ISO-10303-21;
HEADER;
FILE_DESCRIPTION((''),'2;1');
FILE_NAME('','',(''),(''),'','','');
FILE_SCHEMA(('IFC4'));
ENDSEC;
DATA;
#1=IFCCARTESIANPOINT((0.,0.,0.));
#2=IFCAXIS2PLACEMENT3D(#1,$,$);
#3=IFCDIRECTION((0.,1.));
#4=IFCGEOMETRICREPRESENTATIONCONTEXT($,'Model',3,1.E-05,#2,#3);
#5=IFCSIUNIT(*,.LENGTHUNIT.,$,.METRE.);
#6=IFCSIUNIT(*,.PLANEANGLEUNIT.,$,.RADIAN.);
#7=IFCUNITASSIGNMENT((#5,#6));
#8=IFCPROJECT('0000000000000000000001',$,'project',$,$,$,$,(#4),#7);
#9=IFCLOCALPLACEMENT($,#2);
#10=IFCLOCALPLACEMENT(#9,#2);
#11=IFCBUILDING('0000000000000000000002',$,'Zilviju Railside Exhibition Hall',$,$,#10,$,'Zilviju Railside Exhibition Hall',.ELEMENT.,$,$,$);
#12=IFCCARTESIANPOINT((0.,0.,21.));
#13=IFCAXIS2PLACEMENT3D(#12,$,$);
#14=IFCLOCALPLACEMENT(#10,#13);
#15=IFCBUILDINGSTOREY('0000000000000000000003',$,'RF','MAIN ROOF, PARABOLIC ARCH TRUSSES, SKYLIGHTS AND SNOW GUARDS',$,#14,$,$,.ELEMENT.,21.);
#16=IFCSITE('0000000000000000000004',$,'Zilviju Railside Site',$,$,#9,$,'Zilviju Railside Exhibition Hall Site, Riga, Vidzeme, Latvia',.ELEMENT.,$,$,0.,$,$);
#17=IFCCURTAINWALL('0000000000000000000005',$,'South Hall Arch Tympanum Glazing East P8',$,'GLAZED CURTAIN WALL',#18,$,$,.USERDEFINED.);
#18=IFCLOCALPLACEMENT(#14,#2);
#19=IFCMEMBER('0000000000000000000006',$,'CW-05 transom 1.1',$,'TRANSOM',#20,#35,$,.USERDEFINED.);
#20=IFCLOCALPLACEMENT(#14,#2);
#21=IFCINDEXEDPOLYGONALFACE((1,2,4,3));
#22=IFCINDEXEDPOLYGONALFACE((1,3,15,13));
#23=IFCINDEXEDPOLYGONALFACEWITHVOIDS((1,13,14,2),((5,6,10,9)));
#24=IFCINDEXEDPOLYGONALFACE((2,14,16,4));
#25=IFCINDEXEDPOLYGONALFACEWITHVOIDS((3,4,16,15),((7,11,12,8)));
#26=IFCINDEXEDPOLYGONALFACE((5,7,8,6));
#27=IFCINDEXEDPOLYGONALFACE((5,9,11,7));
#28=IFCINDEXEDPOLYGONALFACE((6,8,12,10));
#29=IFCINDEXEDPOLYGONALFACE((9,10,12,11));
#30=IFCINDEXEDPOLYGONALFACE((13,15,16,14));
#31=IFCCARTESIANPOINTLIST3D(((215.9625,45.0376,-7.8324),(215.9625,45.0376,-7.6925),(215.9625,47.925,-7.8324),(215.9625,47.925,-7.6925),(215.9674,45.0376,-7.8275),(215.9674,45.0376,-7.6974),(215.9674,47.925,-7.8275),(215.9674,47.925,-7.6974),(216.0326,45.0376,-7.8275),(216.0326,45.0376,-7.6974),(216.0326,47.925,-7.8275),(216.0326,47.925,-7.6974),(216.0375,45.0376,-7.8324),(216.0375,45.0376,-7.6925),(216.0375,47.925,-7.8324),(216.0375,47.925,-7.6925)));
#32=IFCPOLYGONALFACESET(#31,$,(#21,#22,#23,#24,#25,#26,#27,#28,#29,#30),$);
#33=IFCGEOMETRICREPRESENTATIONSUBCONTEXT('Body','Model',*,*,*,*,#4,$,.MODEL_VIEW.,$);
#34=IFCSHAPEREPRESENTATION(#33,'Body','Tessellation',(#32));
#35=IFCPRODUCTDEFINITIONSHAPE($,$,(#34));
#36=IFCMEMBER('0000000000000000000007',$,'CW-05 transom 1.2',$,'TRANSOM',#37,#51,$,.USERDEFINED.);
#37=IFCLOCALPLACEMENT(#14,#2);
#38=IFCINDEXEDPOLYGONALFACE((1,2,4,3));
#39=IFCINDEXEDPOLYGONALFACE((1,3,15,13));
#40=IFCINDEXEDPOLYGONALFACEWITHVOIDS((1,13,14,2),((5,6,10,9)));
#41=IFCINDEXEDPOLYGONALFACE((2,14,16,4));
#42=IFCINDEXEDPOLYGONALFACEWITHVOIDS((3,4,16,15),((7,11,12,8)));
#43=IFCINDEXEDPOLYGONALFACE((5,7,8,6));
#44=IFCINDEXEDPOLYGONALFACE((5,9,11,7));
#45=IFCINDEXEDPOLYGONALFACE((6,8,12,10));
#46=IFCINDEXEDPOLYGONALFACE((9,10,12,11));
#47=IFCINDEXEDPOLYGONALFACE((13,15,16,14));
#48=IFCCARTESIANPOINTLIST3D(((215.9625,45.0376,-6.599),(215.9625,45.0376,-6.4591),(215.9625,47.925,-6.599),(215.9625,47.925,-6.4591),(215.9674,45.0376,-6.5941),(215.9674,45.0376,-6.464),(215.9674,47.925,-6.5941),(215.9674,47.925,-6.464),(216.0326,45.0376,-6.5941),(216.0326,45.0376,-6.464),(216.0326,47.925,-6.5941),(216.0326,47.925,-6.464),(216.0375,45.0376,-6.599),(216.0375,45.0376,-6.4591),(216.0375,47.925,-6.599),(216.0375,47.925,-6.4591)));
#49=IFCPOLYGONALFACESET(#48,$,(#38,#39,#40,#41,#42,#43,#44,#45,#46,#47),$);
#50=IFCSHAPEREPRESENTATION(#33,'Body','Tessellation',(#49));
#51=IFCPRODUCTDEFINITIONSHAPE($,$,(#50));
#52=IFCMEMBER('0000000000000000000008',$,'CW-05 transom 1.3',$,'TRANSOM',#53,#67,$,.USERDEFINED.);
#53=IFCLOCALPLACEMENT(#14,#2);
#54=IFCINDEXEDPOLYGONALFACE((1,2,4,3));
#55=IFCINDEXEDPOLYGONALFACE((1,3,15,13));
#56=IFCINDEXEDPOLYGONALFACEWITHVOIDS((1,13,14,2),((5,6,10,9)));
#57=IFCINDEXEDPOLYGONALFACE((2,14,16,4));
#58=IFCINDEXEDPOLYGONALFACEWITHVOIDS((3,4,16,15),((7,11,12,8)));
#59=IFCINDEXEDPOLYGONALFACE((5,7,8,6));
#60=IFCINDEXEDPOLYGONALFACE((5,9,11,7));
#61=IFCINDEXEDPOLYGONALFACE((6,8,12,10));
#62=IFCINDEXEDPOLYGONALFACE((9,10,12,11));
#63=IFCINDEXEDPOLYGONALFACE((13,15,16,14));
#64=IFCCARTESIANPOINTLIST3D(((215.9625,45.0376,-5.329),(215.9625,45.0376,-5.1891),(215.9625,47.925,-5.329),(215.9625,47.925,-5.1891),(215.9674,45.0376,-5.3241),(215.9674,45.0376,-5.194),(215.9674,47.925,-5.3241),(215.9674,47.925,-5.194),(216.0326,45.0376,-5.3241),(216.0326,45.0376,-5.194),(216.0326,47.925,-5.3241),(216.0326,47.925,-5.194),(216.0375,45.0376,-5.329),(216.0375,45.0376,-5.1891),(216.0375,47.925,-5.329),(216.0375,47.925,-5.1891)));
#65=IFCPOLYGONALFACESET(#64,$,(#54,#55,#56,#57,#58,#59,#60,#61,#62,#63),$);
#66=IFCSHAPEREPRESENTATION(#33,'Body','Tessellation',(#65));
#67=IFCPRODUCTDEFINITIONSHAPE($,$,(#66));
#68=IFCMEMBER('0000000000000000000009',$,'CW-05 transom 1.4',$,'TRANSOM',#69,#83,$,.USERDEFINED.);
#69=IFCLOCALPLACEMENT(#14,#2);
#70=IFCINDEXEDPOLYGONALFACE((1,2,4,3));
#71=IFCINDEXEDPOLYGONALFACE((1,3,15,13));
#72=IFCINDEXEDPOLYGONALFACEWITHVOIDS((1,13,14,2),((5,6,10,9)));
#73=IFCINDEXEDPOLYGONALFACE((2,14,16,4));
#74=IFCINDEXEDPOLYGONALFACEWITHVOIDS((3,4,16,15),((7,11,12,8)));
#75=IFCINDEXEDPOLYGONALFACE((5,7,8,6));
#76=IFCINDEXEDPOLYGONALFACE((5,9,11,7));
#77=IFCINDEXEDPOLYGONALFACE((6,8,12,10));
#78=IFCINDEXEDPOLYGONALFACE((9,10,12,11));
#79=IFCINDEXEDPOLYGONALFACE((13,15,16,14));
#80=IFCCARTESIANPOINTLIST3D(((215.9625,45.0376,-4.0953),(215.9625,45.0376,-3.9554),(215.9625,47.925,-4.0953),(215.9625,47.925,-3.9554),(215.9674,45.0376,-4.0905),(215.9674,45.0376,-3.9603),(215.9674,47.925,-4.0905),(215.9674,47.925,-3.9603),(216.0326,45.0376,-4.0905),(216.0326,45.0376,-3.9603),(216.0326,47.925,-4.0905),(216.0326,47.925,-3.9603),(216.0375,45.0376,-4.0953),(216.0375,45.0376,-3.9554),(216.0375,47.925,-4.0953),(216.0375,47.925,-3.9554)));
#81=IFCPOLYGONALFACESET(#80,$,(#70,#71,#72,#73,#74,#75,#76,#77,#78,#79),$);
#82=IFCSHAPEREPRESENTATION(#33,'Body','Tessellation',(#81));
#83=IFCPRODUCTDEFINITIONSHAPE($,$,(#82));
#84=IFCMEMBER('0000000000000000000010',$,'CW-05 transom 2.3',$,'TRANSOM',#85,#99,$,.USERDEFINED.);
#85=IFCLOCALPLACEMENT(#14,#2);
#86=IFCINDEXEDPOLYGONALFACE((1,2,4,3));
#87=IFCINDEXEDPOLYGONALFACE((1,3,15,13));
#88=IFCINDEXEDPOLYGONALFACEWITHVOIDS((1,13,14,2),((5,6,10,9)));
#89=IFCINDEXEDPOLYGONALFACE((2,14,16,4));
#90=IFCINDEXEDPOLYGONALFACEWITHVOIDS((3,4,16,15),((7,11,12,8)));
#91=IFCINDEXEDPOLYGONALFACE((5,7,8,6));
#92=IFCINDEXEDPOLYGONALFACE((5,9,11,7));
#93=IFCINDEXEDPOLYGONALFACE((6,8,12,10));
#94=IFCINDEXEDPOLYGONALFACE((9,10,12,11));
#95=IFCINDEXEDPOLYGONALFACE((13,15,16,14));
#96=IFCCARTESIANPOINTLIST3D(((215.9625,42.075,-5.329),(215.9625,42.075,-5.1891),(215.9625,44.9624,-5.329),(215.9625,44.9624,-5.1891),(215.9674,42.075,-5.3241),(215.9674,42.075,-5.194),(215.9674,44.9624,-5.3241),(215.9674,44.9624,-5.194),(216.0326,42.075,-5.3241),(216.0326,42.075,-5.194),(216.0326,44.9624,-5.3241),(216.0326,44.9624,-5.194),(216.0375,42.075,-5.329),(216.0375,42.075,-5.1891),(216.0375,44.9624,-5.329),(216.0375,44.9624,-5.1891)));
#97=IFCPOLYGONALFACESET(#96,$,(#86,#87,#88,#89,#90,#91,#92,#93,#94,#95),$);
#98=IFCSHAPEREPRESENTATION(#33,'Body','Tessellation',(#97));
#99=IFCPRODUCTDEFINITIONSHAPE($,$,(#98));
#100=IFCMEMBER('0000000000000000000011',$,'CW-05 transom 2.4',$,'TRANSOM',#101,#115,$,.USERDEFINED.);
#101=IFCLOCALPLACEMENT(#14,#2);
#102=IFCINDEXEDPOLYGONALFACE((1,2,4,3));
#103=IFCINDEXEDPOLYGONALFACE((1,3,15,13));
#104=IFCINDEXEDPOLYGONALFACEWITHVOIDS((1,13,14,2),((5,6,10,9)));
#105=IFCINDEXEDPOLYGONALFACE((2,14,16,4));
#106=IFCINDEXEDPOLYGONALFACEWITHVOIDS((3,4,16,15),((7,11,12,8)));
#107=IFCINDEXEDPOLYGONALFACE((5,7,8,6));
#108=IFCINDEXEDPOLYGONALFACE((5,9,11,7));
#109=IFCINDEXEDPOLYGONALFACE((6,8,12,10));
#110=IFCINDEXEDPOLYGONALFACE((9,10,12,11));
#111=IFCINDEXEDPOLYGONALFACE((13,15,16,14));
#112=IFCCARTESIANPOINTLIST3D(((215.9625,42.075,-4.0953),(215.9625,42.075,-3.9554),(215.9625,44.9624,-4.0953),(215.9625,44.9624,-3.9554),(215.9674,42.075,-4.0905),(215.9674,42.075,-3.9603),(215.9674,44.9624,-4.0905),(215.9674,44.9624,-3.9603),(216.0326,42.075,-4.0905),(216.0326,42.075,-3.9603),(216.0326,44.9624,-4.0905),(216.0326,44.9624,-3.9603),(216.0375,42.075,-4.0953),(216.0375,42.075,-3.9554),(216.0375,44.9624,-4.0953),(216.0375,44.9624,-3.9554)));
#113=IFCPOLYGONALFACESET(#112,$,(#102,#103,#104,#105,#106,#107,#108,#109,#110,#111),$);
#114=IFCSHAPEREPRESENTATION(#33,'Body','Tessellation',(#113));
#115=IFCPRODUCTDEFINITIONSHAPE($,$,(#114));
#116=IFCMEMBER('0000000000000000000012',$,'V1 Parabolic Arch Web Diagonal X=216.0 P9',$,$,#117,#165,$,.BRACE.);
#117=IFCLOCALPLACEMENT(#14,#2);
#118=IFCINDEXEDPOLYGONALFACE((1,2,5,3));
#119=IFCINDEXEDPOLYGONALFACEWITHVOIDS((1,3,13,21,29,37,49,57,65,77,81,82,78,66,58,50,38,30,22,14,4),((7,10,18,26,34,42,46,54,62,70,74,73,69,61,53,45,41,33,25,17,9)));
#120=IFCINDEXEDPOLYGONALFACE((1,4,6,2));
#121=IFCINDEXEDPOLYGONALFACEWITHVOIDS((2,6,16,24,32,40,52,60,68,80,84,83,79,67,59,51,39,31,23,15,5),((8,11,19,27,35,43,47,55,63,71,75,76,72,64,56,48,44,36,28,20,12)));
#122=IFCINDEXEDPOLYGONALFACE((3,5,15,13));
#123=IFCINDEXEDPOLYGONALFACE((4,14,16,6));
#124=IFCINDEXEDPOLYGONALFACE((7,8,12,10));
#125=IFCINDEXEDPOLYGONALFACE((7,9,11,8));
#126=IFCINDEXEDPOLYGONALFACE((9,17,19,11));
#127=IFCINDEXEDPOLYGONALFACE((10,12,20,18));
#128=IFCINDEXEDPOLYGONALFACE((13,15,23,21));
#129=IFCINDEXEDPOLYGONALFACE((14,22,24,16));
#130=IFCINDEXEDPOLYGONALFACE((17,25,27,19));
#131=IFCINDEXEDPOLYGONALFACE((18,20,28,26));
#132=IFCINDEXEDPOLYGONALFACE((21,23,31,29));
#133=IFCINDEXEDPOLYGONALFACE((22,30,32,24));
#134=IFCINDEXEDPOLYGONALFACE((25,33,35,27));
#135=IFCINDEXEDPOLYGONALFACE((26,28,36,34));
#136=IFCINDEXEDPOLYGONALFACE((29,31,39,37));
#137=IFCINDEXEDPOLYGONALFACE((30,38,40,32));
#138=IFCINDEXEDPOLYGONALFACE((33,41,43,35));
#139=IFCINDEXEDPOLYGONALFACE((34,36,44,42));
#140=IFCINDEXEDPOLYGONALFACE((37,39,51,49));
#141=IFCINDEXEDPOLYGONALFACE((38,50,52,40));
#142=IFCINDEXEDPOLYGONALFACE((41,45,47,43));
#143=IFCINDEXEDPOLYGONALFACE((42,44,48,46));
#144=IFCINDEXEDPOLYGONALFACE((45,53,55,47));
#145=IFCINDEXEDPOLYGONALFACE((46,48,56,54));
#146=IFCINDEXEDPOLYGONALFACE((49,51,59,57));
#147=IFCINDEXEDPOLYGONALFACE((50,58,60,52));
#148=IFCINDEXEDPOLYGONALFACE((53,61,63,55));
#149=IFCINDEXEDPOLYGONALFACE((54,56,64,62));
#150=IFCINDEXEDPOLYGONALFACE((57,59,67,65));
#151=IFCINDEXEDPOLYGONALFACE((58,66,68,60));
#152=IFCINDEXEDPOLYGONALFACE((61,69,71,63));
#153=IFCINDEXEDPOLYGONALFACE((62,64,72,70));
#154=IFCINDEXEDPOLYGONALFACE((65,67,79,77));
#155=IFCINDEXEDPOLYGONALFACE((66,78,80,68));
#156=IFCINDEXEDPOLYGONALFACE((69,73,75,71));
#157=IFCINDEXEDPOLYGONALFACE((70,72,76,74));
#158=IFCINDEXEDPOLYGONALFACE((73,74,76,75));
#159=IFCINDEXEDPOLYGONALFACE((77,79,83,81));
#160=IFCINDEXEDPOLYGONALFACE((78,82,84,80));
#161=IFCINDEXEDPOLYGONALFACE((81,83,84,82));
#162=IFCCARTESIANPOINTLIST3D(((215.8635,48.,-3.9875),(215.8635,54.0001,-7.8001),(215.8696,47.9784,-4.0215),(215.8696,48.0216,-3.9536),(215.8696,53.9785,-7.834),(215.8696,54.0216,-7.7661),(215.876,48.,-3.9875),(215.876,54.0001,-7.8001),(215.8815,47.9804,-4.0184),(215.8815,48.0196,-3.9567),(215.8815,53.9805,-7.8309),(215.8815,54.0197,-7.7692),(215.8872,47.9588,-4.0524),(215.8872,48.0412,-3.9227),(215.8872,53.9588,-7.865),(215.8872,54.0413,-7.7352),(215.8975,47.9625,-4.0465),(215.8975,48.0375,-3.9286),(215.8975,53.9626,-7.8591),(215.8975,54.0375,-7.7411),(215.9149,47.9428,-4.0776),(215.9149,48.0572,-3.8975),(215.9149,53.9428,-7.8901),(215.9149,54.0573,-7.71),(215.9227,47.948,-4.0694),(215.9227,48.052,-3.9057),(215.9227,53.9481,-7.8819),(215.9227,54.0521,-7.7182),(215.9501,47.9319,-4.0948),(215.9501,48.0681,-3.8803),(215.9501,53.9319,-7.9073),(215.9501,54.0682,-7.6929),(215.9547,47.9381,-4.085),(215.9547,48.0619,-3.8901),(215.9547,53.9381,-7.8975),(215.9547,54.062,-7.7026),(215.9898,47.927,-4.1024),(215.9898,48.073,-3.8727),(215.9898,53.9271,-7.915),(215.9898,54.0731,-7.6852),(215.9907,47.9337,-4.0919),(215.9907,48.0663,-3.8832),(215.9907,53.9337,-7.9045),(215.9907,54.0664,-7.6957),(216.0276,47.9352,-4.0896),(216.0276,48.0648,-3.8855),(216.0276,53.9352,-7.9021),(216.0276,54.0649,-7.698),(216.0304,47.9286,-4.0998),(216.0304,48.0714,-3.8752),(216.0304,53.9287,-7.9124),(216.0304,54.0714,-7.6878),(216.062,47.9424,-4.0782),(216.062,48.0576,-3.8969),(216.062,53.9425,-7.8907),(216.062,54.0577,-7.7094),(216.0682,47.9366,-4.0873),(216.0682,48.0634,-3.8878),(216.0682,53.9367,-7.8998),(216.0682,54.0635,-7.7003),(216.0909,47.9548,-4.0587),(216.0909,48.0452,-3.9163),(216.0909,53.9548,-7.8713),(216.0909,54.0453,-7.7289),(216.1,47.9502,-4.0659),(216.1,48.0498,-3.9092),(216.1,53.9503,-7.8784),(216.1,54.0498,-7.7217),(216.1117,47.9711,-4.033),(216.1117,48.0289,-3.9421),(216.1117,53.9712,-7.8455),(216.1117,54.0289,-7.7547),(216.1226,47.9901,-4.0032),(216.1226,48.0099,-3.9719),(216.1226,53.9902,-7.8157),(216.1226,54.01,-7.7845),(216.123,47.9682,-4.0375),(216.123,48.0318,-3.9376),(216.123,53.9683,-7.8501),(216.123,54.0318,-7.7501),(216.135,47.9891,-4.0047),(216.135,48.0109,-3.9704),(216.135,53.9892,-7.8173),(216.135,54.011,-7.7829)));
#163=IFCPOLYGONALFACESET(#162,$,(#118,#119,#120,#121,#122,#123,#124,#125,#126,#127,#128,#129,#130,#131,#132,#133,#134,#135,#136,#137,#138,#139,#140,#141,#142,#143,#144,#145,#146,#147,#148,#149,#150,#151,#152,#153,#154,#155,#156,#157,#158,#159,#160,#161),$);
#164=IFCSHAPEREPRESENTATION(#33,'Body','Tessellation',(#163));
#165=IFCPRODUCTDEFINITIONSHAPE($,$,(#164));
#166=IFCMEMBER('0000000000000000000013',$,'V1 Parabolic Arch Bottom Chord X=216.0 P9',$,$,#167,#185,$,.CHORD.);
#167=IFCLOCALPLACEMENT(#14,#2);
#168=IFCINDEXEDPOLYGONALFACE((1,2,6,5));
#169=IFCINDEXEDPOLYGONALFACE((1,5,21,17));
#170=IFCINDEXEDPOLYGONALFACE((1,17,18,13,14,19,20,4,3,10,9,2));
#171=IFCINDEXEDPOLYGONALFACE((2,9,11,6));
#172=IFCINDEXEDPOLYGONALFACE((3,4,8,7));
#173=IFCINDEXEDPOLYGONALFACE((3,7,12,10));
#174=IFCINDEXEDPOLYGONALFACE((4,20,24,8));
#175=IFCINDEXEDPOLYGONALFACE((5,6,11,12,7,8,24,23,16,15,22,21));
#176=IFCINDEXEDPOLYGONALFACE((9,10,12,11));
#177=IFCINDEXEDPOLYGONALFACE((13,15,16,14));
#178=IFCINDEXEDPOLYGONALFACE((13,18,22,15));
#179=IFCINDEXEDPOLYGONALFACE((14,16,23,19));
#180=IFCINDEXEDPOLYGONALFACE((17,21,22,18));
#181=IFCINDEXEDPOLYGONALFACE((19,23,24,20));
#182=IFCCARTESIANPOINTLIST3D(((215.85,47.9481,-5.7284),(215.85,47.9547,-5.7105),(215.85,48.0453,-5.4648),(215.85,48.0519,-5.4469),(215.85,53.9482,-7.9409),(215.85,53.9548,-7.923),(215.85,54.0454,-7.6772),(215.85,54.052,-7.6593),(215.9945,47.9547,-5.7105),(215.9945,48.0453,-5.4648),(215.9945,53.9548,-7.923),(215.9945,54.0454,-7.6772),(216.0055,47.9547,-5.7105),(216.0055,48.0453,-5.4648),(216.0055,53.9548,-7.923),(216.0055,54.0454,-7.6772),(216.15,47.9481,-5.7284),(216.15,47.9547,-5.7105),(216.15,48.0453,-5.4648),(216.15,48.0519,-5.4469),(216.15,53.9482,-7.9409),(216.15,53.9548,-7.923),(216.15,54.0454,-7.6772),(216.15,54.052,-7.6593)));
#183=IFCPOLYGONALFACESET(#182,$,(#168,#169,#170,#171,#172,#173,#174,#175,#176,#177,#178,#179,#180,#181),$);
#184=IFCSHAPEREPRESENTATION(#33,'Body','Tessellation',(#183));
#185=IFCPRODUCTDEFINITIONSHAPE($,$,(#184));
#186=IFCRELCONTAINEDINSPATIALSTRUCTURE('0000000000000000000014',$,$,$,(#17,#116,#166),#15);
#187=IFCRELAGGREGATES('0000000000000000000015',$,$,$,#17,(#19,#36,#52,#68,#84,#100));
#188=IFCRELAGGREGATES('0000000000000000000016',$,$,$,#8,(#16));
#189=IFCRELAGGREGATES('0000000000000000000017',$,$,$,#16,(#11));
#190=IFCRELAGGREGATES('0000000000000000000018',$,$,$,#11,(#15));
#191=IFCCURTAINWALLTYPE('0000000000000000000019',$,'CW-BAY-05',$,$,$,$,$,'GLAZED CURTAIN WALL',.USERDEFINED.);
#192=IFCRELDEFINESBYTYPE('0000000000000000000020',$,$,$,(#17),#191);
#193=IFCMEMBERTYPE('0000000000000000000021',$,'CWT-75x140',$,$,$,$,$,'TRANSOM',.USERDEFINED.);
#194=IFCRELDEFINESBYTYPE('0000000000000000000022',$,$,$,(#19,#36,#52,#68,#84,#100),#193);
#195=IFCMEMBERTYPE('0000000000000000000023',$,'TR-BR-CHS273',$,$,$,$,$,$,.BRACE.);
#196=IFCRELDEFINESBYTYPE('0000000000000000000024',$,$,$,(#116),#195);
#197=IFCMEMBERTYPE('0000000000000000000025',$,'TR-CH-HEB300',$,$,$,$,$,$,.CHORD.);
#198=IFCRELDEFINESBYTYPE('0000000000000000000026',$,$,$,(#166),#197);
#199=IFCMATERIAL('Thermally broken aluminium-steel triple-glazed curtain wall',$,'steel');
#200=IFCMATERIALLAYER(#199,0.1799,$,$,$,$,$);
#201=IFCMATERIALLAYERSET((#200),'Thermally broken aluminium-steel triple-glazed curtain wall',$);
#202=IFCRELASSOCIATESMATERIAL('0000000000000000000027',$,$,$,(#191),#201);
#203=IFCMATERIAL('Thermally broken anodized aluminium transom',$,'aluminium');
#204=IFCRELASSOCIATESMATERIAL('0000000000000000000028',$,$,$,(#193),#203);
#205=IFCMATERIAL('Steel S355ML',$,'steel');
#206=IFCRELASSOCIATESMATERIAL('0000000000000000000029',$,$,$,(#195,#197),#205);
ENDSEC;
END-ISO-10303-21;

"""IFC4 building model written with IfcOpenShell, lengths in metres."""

from ifc_helpers import new_model, si_unit, direction, frame, origin, origin_2d, place, context, subcontext, project, spatial, hollow_rectangle, hollow_circle, i_section, extrude, material, layer, layer_set, material_profile, profile_set, type_object, element, aggregate, save


model = new_model("IFC4")

# Units and contexts
model_context = context("Model", 3, precision=1e-05, world=origin(), true_north=direction((0.0, 1.0)))
body_context = subcontext(model_context, "Body", "Model", "MODEL_VIEW")
ifc_project = project(units=[si_unit("LENGTHUNIT", "METRE"), si_unit("PLANEANGLEUNIT", "RADIAN")], contexts=[model_context])

# Site, building, storey
site_placement = place(None, origin())
site = spatial("IfcSite", under=ifc_project, at=site_placement, Name="Zilviju Railside Site", LongName="Zilviju Railside Exhibition Hall Site, Riga, Vidzeme, Latvia", CompositionType="ELEMENT", RefElevation=0.0)
building_placement = place(site_placement, origin())
building = spatial("IfcBuilding", under=site, at=building_placement, Name="Zilviju Railside Exhibition Hall", LongName="Zilviju Railside Exhibition Hall", CompositionType="ELEMENT")
storey_placement = place(building_placement, frame((0.0, 0.0, 21.0)))
storey = spatial("IfcBuildingStorey", under=building, at=storey_placement, Name="RF", Description="MAIN ROOF, PARABOLIC ARCH TRUSSES, SKYLIGHTS AND SNOW GUARDS", CompositionType="ELEMENT", Elevation=21.0)

# Curtain wall
ifc_material_1 = material(Name="Thermally broken aluminium-steel triple-glazed curtain wall", Category="steel")
ifc_layer_1 = layer(ifc_material_1, 0.1799)
ifc_layer_set_1 = layer_set([ifc_layer_1], Name="Thermally broken aluminium-steel triple-glazed curtain wall")
curtain_wall_type_1 = type_object("IfcCurtainWallType", Name="CW-BAY-05", ElementType="GLAZED CURTAIN WALL", PredefinedType="USERDEFINED", material=ifc_layer_set_1)
curtain_wall_1_placement = place(storey_placement, origin())
curtain_wall_1 = element("IfcCurtainWall", 1, at=curtain_wall_1_placement, inside=storey, type_object=curtain_wall_type_1, Name="South Hall Arch Tympanum Glazing East P8", ObjectType="GLAZED CURTAIN WALL", PredefinedType="USERDEFINED")

# Members
ifc_material_2 = material(Name="Thermally broken anodized aluminium transom", Category="aluminium")
ifc_material_profile_1 = material_profile(ifc_material_2, hollow_rectangle(XDim=0.075, YDim=0.1399, WallThickness=0.0049, at=origin_2d()), Name="TRANSOM 140x75x5")
ifc_profile_set_1 = profile_set([ifc_material_profile_1], Name="Thermally broken anodized aluminium transom")
member_type_1 = type_object("IfcMemberType", Name="CWT-75x140", ElementType="TRANSOM", PredefinedType="USERDEFINED", material=ifc_profile_set_1)
member_1_placement = place(storey_placement, frame((216.0, 47.925, -7.7625), z_axis=(0.0, -1.0, 0.0), x_axis=(1.0, 0.0, 0.0)))
member_1 = element("IfcMember", 2, at=member_1_placement, type_object=member_type_1, Name="CW-05 transom 1.1", ObjectType="TRANSOM", PredefinedType="USERDEFINED", context=body_context, shape_type="SweptSolid", body=[
    extrude(hollow_rectangle(XDim=0.075, YDim=0.1399, WallThickness=0.0049, at=origin_2d()), origin(), (0.0, 0.0, 1.0), 2.8875),
])
member_2_placement = place(storey_placement, frame((216.0, 47.925, -6.5291), z_axis=(0.0, -1.0, 0.0), x_axis=(1.0, 0.0, 0.0)))
member_2 = element("IfcMember", 3, at=member_2_placement, type_object=member_type_1, Name="CW-05 transom 1.2", ObjectType="TRANSOM", PredefinedType="USERDEFINED", context=body_context, shape_type="SweptSolid", body=[
    extrude(hollow_rectangle(XDim=0.075, YDim=0.1399, WallThickness=0.0049, at=origin_2d()), origin(), (0.0, 0.0, 1.0), 2.8875),
])
member_3_placement = place(storey_placement, frame((216.0, 47.925, -5.259), z_axis=(0.0, -1.0, 0.0), x_axis=(1.0, 0.0, 0.0)))
member_3 = element("IfcMember", 4, at=member_3_placement, type_object=member_type_1, Name="CW-05 transom 1.3", ObjectType="TRANSOM", PredefinedType="USERDEFINED", context=body_context, shape_type="SweptSolid", body=[
    extrude(hollow_rectangle(XDim=0.075, YDim=0.1399, WallThickness=0.0049, at=origin_2d()), origin(), (0.0, 0.0, 1.0), 2.8875),
])
member_4_placement = place(storey_placement, frame((216.0, 47.925, -4.0254), z_axis=(0.0, -1.0, 0.0), x_axis=(1.0, 0.0, 0.0)))
member_4 = element("IfcMember", 5, at=member_4_placement, type_object=member_type_1, Name="CW-05 transom 1.4", ObjectType="TRANSOM", PredefinedType="USERDEFINED", context=body_context, shape_type="SweptSolid", body=[
    extrude(hollow_rectangle(XDim=0.075, YDim=0.1399, WallThickness=0.0049, at=origin_2d()), origin(), (0.0, 0.0, 1.0), 2.8875),
])
member_5_placement = place(storey_placement, frame((216.0, 44.9624, -5.259), z_axis=(0.0, -1.0, 0.0), x_axis=(1.0, 0.0, 0.0)))
member_5 = element("IfcMember", 6, at=member_5_placement, type_object=member_type_1, Name="CW-05 transom 2.3", ObjectType="TRANSOM", PredefinedType="USERDEFINED", context=body_context, shape_type="SweptSolid", body=[
    extrude(hollow_rectangle(XDim=0.075, YDim=0.1399, WallThickness=0.0049, at=origin_2d()), origin(), (0.0, 0.0, 1.0), 2.8875),
])
member_6_placement = place(storey_placement, frame((216.0, 44.9624, -4.0254), z_axis=(0.0, -1.0, 0.0), x_axis=(1.0, 0.0, 0.0)))
member_6 = element("IfcMember", 7, at=member_6_placement, type_object=member_type_1, Name="CW-05 transom 2.4", ObjectType="TRANSOM", PredefinedType="USERDEFINED", context=body_context, shape_type="SweptSolid", body=[
    extrude(hollow_rectangle(XDim=0.075, YDim=0.1399, WallThickness=0.0049, at=origin_2d()), origin(), (0.0, 0.0, 1.0), 2.8875),
])

# Members
ifc_material_3 = material(Name="Steel S355ML", Category="steel")
ifc_material_profile_2 = material_profile(ifc_material_3, hollow_circle(Radius=0.1365, WallThickness=0.0125, at=origin_2d()), Name="CHS 273.0x12.5")
ifc_profile_set_2 = profile_set([ifc_material_profile_2], Name="Steel S355ML")
member_type_2 = type_object("IfcMemberType", Name="TR-BR-CHS273", PredefinedType="BRACE", material=ifc_profile_set_2)
member_7_placement = place(storey_placement, frame((216.0, 48.0, -3.9875), z_axis=(0.0, 0.844023, -0.536306), x_axis=(-1.0, 0.0, 0.0)))
element("IfcMember", 8, at=member_7_placement, inside=storey, type_object=member_type_2, Name="V1 Parabolic Arch Web Diagonal X=216.0 P9", PredefinedType="BRACE", context=body_context, shape_type="SweptSolid", body=[
    extrude(hollow_circle(Radius=0.1365, WallThickness=0.0125, at=origin_2d()), origin(), (0.0, 0.0, 1.0), 7.1089),
])
ifc_material_profile_3 = material_profile(ifc_material_3, i_section(OverallWidth=0.3, OverallDepth=0.3, WebThickness=0.011, FlangeThickness=0.019, at=origin_2d()), Name="HEB 300")
ifc_profile_set_3 = profile_set([ifc_material_profile_3], Name="Steel S355ML")
member_type_3 = type_object("IfcMemberType", Name="TR-CH-HEB300", PredefinedType="CHORD", material=ifc_profile_set_3)
member_8_placement = place(storey_placement, frame((216.0, 48.0, -5.5876), z_axis=(0.0, 0.938248, -0.345964), x_axis=(-1.0, 0.0, 0.0)))
element("IfcMember", 9, at=member_8_placement, inside=storey, type_object=member_type_3, Name="V1 Parabolic Arch Bottom Chord X=216.0 P9", PredefinedType="CHORD", context=body_context, shape_type="SweptSolid", body=[
    extrude(i_section(OverallWidth=0.3, OverallDepth=0.3, WebThickness=0.011, FlangeThickness=0.019, at=origin_2d()), origin(), (0.0, 0.0, 1.0), 6.395),
])

aggregate(curtain_wall_1, [member_1, member_2, member_3, member_4, member_5, member_6])

save(model, "model.ifc")
